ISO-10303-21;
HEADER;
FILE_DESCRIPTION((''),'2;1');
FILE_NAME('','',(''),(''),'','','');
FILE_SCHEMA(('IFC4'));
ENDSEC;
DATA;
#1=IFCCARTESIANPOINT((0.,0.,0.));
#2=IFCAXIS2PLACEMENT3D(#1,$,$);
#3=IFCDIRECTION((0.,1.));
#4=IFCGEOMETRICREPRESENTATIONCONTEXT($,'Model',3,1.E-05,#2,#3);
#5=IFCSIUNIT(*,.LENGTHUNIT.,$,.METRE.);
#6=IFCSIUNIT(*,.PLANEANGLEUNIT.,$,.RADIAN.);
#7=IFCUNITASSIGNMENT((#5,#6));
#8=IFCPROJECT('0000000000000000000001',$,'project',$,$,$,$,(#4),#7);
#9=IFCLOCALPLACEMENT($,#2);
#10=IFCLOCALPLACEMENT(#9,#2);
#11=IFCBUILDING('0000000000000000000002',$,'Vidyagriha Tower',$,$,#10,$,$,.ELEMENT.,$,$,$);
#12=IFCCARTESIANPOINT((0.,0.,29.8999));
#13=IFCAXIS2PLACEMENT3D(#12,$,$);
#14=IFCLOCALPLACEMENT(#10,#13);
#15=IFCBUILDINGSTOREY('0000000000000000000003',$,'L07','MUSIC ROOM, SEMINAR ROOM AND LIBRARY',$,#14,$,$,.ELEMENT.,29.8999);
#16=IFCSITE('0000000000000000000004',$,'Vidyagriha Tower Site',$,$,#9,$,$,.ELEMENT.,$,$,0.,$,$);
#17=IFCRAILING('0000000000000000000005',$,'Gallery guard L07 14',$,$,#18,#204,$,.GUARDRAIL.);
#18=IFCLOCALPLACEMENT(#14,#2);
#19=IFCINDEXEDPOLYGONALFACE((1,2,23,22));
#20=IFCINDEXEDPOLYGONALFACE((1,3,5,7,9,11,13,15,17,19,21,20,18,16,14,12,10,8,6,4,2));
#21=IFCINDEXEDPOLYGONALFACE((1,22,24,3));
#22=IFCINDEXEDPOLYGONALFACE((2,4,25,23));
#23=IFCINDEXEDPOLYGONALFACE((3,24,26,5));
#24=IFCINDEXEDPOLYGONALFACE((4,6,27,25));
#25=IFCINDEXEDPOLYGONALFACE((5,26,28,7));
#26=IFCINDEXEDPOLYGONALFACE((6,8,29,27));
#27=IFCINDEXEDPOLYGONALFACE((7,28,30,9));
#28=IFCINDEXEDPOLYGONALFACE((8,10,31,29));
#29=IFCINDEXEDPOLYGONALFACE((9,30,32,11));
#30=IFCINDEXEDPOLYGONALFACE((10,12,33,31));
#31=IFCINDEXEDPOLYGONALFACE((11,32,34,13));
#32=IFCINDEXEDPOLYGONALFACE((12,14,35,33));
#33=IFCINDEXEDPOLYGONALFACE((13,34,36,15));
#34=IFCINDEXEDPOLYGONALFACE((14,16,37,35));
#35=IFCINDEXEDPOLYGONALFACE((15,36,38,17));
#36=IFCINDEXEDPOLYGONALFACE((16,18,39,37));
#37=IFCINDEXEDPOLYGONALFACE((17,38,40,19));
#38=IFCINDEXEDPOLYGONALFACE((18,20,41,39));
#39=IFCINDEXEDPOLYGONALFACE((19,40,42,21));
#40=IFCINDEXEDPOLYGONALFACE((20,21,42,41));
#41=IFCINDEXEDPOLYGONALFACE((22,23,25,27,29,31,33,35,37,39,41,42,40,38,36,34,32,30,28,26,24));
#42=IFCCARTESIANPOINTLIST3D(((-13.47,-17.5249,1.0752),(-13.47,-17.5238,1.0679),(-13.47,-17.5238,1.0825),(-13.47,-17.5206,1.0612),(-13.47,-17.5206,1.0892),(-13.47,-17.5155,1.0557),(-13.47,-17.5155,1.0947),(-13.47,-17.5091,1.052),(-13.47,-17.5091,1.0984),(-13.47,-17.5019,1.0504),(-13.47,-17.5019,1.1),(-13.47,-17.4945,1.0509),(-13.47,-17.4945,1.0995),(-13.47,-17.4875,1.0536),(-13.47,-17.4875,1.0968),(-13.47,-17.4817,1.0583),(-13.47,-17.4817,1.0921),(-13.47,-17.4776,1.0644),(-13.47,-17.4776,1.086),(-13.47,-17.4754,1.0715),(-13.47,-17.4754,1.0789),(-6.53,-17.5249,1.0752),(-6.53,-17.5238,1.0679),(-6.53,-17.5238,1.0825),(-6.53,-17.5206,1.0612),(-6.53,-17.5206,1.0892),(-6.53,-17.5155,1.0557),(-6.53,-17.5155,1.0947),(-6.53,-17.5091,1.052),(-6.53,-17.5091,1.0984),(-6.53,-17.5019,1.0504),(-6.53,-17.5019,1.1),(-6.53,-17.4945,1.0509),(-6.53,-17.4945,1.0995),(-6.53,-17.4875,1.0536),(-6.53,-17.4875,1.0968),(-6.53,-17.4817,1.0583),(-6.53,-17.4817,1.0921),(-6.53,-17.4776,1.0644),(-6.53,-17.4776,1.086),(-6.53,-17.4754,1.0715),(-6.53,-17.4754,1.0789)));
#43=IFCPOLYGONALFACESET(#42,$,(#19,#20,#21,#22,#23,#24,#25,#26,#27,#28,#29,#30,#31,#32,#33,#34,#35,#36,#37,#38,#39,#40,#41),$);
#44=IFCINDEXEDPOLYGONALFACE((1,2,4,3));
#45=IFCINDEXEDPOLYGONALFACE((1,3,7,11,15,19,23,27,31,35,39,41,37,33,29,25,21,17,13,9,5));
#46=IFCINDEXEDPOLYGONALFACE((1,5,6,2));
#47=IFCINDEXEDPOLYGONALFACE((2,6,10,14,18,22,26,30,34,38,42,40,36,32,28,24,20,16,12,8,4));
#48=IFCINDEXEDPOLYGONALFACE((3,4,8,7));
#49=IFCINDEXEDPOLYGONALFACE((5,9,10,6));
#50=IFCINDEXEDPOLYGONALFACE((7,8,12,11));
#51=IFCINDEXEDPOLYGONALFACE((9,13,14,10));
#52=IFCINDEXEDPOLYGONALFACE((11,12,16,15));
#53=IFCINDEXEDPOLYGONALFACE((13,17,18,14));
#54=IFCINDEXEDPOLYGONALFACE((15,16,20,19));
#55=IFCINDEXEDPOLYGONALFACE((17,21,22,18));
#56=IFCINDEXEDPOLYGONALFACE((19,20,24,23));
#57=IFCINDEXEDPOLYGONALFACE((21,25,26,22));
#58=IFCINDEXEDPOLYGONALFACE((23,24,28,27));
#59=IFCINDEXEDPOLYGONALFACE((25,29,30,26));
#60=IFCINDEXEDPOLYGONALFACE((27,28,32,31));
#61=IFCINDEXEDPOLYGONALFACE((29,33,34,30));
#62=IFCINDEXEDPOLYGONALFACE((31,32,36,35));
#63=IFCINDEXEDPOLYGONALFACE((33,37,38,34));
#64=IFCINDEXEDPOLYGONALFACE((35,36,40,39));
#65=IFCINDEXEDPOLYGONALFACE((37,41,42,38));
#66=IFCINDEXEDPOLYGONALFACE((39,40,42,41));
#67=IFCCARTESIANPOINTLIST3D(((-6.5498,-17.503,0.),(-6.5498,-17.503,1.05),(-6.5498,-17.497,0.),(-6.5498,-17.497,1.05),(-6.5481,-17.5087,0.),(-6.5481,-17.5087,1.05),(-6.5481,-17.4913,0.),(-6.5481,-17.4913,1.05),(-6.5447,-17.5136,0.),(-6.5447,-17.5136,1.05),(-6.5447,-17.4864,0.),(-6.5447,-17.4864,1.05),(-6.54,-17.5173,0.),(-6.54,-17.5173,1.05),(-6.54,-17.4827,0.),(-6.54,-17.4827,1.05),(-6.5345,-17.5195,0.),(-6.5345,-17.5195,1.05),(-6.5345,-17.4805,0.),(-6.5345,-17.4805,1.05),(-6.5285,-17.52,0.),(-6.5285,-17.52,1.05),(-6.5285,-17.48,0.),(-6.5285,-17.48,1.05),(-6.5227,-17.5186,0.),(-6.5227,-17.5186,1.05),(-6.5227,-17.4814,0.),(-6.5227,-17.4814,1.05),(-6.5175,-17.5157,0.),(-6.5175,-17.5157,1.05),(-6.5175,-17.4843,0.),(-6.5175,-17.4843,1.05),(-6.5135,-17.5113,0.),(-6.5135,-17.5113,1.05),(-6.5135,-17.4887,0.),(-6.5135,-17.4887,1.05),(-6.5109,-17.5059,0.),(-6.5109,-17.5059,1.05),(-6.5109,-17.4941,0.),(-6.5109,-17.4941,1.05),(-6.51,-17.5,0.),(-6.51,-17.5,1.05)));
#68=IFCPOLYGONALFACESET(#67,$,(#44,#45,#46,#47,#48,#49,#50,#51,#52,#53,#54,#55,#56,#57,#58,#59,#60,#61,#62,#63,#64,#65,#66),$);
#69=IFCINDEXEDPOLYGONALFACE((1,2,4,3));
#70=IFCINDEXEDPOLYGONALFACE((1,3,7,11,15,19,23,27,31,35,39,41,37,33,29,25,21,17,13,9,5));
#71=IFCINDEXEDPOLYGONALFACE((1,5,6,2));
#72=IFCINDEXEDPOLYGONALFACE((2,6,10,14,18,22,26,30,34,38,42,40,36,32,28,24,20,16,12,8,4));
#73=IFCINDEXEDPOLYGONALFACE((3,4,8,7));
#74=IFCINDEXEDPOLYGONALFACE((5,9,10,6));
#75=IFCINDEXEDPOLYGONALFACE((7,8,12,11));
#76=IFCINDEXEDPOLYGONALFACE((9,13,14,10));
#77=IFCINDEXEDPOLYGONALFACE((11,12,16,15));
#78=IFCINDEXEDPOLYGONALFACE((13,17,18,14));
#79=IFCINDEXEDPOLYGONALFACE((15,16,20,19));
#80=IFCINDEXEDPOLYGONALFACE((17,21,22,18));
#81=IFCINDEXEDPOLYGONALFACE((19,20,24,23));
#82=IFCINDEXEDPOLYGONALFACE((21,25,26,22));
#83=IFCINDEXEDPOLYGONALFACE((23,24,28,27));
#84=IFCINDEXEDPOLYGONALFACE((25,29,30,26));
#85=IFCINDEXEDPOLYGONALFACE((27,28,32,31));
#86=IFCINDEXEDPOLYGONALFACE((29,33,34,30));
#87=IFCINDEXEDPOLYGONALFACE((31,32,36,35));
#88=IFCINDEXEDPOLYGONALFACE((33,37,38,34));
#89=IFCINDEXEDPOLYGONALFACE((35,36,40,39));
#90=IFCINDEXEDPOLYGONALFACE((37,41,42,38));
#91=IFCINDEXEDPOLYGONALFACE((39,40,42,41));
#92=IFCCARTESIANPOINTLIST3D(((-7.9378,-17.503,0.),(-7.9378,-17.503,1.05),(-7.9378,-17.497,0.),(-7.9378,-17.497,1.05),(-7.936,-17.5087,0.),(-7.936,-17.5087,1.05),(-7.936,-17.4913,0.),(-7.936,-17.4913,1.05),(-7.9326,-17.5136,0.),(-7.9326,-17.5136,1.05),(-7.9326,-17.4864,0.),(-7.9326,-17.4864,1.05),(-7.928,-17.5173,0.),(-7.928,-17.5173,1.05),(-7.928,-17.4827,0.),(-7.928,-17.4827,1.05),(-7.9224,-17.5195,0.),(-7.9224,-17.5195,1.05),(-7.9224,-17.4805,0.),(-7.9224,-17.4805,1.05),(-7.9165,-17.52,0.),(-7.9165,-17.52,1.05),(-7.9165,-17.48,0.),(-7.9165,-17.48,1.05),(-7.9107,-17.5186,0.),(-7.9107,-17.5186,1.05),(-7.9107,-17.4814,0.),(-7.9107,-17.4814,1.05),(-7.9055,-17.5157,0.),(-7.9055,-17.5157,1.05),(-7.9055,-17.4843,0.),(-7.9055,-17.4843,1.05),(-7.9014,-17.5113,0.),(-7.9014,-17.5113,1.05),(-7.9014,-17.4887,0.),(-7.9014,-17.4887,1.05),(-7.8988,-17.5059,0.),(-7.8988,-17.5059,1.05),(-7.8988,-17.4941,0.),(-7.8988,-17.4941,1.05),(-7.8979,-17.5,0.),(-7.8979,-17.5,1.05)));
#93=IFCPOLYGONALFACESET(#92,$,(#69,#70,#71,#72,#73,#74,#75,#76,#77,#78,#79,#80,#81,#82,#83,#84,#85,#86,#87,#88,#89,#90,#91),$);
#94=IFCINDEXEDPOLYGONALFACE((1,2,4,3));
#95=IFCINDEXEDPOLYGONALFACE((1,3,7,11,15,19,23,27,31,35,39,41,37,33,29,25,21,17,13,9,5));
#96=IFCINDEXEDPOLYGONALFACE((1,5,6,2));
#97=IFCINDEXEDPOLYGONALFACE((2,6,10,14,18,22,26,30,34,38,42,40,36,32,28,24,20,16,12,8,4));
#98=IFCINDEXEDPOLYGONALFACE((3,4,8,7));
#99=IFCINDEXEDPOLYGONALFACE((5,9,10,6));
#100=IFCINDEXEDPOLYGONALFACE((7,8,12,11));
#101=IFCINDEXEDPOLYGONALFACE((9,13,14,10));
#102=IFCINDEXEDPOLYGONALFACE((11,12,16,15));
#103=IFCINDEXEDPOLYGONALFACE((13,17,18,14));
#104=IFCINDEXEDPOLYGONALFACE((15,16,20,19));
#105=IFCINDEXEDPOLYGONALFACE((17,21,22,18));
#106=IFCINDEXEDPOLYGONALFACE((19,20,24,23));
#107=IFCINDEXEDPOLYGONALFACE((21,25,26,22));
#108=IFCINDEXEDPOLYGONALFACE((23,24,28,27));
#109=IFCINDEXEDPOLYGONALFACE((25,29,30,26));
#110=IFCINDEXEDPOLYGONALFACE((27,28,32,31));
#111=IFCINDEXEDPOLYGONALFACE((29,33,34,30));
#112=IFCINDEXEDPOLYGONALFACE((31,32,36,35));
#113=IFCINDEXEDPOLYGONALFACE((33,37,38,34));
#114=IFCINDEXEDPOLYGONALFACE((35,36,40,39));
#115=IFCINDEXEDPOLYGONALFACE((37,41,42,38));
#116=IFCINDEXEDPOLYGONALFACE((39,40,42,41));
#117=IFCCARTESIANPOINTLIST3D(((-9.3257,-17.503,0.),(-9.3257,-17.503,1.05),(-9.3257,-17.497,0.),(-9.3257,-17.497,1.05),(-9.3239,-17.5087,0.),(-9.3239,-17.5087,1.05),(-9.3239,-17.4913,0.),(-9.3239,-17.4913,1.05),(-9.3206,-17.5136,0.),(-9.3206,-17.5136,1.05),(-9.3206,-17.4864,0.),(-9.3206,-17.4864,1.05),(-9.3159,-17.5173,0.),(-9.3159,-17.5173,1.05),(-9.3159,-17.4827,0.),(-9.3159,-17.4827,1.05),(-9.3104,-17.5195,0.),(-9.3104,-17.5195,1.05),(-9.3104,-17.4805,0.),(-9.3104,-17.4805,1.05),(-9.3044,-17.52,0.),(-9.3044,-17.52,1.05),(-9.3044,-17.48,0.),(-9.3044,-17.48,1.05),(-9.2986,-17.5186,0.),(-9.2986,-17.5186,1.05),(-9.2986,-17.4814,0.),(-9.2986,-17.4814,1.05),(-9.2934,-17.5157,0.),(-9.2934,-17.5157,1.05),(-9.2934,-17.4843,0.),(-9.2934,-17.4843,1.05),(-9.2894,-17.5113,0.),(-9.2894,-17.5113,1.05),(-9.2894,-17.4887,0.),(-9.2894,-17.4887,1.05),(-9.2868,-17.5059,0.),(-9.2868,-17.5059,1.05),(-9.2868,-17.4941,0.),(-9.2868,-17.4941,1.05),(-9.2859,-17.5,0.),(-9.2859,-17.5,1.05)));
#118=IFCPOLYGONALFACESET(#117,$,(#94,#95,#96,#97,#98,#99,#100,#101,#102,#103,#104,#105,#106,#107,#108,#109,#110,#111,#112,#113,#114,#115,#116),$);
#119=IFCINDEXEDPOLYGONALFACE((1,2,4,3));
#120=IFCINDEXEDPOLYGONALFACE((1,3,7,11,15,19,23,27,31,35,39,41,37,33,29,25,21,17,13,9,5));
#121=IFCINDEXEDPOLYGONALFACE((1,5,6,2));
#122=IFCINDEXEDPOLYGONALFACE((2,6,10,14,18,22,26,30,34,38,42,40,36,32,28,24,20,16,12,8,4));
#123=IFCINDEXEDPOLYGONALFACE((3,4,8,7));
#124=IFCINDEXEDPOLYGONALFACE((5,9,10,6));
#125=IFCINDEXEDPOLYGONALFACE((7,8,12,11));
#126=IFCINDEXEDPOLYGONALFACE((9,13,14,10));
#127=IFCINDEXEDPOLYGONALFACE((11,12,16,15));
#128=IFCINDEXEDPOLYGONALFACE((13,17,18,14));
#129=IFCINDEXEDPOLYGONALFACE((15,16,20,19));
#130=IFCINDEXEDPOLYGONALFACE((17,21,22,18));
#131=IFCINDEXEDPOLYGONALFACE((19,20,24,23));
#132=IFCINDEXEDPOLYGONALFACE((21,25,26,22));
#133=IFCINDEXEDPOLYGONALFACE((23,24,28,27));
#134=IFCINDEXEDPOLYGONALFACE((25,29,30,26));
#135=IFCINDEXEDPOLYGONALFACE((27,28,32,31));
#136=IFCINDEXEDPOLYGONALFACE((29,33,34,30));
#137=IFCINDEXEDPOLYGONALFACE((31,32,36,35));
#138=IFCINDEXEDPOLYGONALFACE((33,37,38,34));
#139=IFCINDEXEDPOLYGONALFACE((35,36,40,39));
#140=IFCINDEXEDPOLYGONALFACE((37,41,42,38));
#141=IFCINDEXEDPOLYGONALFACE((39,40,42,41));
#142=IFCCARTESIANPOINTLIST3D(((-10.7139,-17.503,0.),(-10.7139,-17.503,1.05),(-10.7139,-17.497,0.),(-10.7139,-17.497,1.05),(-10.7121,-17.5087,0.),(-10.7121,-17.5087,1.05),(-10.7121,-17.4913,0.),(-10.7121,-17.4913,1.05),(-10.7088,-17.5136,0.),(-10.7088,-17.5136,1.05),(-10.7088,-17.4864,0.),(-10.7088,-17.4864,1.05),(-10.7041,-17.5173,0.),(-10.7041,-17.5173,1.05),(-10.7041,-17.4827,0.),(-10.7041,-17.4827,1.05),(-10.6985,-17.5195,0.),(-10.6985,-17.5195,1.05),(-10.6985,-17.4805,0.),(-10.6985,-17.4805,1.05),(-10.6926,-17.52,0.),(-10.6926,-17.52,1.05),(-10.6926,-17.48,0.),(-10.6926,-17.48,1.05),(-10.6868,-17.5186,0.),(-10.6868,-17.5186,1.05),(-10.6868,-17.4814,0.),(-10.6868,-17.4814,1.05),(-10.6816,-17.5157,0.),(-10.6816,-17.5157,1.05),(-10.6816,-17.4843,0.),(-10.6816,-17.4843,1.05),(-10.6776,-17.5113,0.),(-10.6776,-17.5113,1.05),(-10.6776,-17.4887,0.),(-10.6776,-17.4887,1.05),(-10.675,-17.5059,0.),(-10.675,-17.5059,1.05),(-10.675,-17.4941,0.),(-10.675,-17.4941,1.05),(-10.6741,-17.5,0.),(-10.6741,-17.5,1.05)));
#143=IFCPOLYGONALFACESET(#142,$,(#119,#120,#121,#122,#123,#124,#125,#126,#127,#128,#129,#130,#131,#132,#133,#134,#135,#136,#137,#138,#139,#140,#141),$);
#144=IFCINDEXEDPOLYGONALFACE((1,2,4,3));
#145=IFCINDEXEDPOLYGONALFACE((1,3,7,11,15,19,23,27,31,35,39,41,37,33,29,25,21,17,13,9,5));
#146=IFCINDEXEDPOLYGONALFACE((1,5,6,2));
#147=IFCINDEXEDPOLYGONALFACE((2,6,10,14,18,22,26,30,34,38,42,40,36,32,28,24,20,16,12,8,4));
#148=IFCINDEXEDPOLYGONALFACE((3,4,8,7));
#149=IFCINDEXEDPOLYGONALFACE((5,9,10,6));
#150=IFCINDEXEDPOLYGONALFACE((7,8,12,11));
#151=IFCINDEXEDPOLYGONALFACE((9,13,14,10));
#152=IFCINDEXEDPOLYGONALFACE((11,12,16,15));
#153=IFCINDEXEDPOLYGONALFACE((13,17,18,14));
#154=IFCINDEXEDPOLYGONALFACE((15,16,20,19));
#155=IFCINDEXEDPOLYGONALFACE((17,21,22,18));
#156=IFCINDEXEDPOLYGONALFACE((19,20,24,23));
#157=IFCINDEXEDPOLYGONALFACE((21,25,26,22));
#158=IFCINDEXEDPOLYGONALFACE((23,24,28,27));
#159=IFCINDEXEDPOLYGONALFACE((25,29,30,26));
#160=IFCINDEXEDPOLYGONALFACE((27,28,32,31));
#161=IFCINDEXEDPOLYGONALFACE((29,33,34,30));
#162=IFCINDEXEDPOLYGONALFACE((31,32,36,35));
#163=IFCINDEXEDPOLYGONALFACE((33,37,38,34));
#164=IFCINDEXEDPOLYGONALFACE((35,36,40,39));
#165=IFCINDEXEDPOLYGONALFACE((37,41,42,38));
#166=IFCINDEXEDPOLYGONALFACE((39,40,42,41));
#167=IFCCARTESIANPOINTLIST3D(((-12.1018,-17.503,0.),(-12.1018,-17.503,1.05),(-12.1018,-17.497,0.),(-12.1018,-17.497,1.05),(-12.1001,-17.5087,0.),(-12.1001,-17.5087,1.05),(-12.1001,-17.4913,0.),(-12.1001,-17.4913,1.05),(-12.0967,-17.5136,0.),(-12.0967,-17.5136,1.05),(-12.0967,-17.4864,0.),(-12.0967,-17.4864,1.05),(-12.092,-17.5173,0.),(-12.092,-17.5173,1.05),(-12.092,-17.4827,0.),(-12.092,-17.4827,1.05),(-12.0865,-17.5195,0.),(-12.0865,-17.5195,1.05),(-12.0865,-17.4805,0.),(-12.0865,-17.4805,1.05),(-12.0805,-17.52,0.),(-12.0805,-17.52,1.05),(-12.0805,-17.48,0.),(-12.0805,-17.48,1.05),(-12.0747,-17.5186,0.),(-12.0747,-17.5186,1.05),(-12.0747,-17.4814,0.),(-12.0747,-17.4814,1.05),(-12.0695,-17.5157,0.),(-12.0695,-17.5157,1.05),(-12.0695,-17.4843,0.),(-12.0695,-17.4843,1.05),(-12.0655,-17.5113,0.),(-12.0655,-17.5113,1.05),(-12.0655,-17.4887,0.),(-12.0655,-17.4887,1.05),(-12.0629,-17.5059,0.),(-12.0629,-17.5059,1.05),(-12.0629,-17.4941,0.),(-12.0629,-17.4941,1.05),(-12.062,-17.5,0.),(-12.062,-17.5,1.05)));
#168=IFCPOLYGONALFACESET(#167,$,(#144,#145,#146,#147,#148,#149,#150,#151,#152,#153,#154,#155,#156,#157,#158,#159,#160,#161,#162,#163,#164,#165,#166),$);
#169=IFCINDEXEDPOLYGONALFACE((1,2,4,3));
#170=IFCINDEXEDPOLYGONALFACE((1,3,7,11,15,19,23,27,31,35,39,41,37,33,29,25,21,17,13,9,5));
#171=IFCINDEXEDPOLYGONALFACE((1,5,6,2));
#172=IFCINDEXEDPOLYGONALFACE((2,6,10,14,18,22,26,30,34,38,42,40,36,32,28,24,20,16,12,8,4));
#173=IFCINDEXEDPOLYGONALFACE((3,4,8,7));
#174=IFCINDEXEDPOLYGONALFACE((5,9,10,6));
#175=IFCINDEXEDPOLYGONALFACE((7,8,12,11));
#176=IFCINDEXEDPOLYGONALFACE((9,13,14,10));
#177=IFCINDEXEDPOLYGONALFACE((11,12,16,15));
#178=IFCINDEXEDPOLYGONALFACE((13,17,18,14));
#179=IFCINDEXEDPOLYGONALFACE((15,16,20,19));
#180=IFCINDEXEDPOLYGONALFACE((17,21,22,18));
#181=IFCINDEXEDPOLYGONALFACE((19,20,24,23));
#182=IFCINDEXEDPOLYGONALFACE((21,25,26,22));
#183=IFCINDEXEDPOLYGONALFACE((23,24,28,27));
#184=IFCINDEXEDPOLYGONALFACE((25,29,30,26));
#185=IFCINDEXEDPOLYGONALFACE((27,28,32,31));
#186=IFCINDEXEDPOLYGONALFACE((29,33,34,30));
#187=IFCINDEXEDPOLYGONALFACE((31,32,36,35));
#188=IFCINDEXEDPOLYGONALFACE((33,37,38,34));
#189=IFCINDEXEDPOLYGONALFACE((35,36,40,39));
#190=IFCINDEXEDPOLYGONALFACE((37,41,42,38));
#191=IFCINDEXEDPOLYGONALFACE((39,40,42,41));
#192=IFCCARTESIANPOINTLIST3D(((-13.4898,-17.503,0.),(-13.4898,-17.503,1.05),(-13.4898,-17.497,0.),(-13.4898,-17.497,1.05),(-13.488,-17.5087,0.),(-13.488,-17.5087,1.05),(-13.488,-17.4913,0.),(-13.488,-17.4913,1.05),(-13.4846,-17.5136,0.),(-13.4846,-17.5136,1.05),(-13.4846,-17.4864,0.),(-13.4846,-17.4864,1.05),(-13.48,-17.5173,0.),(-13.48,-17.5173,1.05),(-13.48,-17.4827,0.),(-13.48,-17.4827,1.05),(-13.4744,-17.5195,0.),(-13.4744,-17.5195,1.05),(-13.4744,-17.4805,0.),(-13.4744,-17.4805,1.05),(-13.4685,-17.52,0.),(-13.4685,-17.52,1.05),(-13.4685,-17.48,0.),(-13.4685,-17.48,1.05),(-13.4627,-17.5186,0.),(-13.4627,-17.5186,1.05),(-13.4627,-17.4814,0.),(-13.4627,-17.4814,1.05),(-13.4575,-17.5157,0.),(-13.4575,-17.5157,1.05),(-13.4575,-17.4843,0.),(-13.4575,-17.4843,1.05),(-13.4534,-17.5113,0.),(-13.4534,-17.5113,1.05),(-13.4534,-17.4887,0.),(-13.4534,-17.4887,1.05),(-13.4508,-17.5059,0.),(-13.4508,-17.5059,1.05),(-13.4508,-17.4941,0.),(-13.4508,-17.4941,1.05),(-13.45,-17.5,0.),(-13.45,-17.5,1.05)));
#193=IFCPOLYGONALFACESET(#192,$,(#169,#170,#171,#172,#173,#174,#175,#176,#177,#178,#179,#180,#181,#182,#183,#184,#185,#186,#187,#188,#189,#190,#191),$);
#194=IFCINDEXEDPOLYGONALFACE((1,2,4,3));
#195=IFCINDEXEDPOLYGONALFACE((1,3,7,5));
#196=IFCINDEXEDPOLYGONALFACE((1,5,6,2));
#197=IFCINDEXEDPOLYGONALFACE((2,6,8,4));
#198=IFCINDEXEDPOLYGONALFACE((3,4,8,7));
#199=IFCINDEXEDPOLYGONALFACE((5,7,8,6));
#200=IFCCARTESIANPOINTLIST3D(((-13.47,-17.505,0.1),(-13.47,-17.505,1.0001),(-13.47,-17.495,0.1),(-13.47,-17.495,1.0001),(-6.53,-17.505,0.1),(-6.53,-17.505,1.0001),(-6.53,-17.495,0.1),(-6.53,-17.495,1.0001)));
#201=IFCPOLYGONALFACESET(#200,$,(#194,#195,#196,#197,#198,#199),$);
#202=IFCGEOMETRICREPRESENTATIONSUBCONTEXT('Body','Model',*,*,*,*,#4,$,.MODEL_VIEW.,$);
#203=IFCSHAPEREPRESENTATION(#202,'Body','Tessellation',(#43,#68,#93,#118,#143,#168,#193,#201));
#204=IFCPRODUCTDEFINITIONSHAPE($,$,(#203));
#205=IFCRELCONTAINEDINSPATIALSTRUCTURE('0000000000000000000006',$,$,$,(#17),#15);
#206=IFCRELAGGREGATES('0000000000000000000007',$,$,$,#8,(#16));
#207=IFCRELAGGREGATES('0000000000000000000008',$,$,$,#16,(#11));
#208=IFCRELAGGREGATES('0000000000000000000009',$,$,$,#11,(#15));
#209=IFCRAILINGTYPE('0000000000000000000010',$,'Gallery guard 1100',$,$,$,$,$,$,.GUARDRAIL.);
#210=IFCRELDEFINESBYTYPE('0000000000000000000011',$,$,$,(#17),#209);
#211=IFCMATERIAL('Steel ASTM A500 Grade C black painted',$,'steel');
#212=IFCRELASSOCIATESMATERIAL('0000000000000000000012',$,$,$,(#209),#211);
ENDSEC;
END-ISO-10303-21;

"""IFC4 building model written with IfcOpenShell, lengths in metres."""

from ifc_helpers import new_model, si_unit, direction, frame, origin, origin_2d, place, context, subcontext, project, spatial, rectangle, circle, extrude, material, type_object, element, save


model = new_model("IFC4")

# Units and contexts
model_context = context("Model", 3, precision=1e-05, world=origin(), true_north=direction((0.0, 1.0)))
body_context = subcontext(model_context, "Body", "Model", "MODEL_VIEW")
ifc_project = project(units=[si_unit("LENGTHUNIT", "METRE"), si_unit("PLANEANGLEUNIT", "RADIAN")], contexts=[model_context])

# Site, building, storey
site_placement = place(None, origin())
site = spatial("IfcSite", under=ifc_project, at=site_placement, Name="Vidyagriha Tower Site", CompositionType="ELEMENT", RefElevation=0.0)
building_placement = place(site_placement, origin())
building = spatial("IfcBuilding", under=site, at=building_placement, Name="Vidyagriha Tower", CompositionType="ELEMENT")
storey_placement = place(building_placement, frame((0.0, 0.0, 29.8999)))
storey = spatial("IfcBuildingStorey", under=building, at=storey_placement, Name="L07", Description="MUSIC ROOM, SEMINAR ROOM AND LIBRARY", CompositionType="ELEMENT", Elevation=29.8999)

# Railing
ifc_material_1 = material(Name="Steel ASTM A500 Grade C black painted", Category="steel")
railing_type = type_object("IfcRailingType", Name="Gallery guard 1100", PredefinedType="GUARDRAIL", material=ifc_material_1)
railing_placement = place(storey_placement, frame((-6.53, -17.5, 0.0)))
element("IfcRailing", 1, at=railing_placement, inside=storey, type_object=railing_type, Name="Gallery guard L07 14", PredefinedType="GUARDRAIL", context=body_context, shape_type="SweptSolid", body=[
    extrude(circle(Radius=0.0249, at=origin_2d()), frame((0.0, 0.0, 1.0752), z_axis=(-1.0, 0.0, 0.0), x_axis=(0.0, -1.0, 0.0)), (0.0, 0.0, 1.0), 6.9399),
    extrude(circle(Radius=0.02, at=origin_2d()), origin(), (0.0, 0.0, 1.0), 1.05),
    extrude(circle(Radius=0.02, at=origin_2d()), frame((-1.3879, 0.0, 0.0)), (0.0, 0.0, 1.0), 1.05),
    extrude(circle(Radius=0.02, at=origin_2d()), frame((-2.7759, 0.0, 0.0)), (0.0, 0.0, 1.0), 1.05),
    extrude(circle(Radius=0.02, at=origin_2d()), frame((-4.1641, 0.0, 0.0)), (0.0, 0.0, 1.0), 1.05),
    extrude(circle(Radius=0.02, at=origin_2d()), frame((-5.552, 0.0, 0.0)), (0.0, 0.0, 1.0), 1.05),
    extrude(circle(Radius=0.02, at=origin_2d()), frame((-6.9399, 0.0, 0.0)), (0.0, 0.0, 1.0), 1.05),
    extrude(rectangle(XDim=0.01, YDim=0.9001, at=origin_2d()), frame((0.0, 0.0, 0.55), z_axis=(-1.0, 0.0, 0.0), x_axis=(0.0, -1.0, 0.0)), (0.0, 0.0, 1.0), 6.9399),
])

save(model, "model.ifc")
